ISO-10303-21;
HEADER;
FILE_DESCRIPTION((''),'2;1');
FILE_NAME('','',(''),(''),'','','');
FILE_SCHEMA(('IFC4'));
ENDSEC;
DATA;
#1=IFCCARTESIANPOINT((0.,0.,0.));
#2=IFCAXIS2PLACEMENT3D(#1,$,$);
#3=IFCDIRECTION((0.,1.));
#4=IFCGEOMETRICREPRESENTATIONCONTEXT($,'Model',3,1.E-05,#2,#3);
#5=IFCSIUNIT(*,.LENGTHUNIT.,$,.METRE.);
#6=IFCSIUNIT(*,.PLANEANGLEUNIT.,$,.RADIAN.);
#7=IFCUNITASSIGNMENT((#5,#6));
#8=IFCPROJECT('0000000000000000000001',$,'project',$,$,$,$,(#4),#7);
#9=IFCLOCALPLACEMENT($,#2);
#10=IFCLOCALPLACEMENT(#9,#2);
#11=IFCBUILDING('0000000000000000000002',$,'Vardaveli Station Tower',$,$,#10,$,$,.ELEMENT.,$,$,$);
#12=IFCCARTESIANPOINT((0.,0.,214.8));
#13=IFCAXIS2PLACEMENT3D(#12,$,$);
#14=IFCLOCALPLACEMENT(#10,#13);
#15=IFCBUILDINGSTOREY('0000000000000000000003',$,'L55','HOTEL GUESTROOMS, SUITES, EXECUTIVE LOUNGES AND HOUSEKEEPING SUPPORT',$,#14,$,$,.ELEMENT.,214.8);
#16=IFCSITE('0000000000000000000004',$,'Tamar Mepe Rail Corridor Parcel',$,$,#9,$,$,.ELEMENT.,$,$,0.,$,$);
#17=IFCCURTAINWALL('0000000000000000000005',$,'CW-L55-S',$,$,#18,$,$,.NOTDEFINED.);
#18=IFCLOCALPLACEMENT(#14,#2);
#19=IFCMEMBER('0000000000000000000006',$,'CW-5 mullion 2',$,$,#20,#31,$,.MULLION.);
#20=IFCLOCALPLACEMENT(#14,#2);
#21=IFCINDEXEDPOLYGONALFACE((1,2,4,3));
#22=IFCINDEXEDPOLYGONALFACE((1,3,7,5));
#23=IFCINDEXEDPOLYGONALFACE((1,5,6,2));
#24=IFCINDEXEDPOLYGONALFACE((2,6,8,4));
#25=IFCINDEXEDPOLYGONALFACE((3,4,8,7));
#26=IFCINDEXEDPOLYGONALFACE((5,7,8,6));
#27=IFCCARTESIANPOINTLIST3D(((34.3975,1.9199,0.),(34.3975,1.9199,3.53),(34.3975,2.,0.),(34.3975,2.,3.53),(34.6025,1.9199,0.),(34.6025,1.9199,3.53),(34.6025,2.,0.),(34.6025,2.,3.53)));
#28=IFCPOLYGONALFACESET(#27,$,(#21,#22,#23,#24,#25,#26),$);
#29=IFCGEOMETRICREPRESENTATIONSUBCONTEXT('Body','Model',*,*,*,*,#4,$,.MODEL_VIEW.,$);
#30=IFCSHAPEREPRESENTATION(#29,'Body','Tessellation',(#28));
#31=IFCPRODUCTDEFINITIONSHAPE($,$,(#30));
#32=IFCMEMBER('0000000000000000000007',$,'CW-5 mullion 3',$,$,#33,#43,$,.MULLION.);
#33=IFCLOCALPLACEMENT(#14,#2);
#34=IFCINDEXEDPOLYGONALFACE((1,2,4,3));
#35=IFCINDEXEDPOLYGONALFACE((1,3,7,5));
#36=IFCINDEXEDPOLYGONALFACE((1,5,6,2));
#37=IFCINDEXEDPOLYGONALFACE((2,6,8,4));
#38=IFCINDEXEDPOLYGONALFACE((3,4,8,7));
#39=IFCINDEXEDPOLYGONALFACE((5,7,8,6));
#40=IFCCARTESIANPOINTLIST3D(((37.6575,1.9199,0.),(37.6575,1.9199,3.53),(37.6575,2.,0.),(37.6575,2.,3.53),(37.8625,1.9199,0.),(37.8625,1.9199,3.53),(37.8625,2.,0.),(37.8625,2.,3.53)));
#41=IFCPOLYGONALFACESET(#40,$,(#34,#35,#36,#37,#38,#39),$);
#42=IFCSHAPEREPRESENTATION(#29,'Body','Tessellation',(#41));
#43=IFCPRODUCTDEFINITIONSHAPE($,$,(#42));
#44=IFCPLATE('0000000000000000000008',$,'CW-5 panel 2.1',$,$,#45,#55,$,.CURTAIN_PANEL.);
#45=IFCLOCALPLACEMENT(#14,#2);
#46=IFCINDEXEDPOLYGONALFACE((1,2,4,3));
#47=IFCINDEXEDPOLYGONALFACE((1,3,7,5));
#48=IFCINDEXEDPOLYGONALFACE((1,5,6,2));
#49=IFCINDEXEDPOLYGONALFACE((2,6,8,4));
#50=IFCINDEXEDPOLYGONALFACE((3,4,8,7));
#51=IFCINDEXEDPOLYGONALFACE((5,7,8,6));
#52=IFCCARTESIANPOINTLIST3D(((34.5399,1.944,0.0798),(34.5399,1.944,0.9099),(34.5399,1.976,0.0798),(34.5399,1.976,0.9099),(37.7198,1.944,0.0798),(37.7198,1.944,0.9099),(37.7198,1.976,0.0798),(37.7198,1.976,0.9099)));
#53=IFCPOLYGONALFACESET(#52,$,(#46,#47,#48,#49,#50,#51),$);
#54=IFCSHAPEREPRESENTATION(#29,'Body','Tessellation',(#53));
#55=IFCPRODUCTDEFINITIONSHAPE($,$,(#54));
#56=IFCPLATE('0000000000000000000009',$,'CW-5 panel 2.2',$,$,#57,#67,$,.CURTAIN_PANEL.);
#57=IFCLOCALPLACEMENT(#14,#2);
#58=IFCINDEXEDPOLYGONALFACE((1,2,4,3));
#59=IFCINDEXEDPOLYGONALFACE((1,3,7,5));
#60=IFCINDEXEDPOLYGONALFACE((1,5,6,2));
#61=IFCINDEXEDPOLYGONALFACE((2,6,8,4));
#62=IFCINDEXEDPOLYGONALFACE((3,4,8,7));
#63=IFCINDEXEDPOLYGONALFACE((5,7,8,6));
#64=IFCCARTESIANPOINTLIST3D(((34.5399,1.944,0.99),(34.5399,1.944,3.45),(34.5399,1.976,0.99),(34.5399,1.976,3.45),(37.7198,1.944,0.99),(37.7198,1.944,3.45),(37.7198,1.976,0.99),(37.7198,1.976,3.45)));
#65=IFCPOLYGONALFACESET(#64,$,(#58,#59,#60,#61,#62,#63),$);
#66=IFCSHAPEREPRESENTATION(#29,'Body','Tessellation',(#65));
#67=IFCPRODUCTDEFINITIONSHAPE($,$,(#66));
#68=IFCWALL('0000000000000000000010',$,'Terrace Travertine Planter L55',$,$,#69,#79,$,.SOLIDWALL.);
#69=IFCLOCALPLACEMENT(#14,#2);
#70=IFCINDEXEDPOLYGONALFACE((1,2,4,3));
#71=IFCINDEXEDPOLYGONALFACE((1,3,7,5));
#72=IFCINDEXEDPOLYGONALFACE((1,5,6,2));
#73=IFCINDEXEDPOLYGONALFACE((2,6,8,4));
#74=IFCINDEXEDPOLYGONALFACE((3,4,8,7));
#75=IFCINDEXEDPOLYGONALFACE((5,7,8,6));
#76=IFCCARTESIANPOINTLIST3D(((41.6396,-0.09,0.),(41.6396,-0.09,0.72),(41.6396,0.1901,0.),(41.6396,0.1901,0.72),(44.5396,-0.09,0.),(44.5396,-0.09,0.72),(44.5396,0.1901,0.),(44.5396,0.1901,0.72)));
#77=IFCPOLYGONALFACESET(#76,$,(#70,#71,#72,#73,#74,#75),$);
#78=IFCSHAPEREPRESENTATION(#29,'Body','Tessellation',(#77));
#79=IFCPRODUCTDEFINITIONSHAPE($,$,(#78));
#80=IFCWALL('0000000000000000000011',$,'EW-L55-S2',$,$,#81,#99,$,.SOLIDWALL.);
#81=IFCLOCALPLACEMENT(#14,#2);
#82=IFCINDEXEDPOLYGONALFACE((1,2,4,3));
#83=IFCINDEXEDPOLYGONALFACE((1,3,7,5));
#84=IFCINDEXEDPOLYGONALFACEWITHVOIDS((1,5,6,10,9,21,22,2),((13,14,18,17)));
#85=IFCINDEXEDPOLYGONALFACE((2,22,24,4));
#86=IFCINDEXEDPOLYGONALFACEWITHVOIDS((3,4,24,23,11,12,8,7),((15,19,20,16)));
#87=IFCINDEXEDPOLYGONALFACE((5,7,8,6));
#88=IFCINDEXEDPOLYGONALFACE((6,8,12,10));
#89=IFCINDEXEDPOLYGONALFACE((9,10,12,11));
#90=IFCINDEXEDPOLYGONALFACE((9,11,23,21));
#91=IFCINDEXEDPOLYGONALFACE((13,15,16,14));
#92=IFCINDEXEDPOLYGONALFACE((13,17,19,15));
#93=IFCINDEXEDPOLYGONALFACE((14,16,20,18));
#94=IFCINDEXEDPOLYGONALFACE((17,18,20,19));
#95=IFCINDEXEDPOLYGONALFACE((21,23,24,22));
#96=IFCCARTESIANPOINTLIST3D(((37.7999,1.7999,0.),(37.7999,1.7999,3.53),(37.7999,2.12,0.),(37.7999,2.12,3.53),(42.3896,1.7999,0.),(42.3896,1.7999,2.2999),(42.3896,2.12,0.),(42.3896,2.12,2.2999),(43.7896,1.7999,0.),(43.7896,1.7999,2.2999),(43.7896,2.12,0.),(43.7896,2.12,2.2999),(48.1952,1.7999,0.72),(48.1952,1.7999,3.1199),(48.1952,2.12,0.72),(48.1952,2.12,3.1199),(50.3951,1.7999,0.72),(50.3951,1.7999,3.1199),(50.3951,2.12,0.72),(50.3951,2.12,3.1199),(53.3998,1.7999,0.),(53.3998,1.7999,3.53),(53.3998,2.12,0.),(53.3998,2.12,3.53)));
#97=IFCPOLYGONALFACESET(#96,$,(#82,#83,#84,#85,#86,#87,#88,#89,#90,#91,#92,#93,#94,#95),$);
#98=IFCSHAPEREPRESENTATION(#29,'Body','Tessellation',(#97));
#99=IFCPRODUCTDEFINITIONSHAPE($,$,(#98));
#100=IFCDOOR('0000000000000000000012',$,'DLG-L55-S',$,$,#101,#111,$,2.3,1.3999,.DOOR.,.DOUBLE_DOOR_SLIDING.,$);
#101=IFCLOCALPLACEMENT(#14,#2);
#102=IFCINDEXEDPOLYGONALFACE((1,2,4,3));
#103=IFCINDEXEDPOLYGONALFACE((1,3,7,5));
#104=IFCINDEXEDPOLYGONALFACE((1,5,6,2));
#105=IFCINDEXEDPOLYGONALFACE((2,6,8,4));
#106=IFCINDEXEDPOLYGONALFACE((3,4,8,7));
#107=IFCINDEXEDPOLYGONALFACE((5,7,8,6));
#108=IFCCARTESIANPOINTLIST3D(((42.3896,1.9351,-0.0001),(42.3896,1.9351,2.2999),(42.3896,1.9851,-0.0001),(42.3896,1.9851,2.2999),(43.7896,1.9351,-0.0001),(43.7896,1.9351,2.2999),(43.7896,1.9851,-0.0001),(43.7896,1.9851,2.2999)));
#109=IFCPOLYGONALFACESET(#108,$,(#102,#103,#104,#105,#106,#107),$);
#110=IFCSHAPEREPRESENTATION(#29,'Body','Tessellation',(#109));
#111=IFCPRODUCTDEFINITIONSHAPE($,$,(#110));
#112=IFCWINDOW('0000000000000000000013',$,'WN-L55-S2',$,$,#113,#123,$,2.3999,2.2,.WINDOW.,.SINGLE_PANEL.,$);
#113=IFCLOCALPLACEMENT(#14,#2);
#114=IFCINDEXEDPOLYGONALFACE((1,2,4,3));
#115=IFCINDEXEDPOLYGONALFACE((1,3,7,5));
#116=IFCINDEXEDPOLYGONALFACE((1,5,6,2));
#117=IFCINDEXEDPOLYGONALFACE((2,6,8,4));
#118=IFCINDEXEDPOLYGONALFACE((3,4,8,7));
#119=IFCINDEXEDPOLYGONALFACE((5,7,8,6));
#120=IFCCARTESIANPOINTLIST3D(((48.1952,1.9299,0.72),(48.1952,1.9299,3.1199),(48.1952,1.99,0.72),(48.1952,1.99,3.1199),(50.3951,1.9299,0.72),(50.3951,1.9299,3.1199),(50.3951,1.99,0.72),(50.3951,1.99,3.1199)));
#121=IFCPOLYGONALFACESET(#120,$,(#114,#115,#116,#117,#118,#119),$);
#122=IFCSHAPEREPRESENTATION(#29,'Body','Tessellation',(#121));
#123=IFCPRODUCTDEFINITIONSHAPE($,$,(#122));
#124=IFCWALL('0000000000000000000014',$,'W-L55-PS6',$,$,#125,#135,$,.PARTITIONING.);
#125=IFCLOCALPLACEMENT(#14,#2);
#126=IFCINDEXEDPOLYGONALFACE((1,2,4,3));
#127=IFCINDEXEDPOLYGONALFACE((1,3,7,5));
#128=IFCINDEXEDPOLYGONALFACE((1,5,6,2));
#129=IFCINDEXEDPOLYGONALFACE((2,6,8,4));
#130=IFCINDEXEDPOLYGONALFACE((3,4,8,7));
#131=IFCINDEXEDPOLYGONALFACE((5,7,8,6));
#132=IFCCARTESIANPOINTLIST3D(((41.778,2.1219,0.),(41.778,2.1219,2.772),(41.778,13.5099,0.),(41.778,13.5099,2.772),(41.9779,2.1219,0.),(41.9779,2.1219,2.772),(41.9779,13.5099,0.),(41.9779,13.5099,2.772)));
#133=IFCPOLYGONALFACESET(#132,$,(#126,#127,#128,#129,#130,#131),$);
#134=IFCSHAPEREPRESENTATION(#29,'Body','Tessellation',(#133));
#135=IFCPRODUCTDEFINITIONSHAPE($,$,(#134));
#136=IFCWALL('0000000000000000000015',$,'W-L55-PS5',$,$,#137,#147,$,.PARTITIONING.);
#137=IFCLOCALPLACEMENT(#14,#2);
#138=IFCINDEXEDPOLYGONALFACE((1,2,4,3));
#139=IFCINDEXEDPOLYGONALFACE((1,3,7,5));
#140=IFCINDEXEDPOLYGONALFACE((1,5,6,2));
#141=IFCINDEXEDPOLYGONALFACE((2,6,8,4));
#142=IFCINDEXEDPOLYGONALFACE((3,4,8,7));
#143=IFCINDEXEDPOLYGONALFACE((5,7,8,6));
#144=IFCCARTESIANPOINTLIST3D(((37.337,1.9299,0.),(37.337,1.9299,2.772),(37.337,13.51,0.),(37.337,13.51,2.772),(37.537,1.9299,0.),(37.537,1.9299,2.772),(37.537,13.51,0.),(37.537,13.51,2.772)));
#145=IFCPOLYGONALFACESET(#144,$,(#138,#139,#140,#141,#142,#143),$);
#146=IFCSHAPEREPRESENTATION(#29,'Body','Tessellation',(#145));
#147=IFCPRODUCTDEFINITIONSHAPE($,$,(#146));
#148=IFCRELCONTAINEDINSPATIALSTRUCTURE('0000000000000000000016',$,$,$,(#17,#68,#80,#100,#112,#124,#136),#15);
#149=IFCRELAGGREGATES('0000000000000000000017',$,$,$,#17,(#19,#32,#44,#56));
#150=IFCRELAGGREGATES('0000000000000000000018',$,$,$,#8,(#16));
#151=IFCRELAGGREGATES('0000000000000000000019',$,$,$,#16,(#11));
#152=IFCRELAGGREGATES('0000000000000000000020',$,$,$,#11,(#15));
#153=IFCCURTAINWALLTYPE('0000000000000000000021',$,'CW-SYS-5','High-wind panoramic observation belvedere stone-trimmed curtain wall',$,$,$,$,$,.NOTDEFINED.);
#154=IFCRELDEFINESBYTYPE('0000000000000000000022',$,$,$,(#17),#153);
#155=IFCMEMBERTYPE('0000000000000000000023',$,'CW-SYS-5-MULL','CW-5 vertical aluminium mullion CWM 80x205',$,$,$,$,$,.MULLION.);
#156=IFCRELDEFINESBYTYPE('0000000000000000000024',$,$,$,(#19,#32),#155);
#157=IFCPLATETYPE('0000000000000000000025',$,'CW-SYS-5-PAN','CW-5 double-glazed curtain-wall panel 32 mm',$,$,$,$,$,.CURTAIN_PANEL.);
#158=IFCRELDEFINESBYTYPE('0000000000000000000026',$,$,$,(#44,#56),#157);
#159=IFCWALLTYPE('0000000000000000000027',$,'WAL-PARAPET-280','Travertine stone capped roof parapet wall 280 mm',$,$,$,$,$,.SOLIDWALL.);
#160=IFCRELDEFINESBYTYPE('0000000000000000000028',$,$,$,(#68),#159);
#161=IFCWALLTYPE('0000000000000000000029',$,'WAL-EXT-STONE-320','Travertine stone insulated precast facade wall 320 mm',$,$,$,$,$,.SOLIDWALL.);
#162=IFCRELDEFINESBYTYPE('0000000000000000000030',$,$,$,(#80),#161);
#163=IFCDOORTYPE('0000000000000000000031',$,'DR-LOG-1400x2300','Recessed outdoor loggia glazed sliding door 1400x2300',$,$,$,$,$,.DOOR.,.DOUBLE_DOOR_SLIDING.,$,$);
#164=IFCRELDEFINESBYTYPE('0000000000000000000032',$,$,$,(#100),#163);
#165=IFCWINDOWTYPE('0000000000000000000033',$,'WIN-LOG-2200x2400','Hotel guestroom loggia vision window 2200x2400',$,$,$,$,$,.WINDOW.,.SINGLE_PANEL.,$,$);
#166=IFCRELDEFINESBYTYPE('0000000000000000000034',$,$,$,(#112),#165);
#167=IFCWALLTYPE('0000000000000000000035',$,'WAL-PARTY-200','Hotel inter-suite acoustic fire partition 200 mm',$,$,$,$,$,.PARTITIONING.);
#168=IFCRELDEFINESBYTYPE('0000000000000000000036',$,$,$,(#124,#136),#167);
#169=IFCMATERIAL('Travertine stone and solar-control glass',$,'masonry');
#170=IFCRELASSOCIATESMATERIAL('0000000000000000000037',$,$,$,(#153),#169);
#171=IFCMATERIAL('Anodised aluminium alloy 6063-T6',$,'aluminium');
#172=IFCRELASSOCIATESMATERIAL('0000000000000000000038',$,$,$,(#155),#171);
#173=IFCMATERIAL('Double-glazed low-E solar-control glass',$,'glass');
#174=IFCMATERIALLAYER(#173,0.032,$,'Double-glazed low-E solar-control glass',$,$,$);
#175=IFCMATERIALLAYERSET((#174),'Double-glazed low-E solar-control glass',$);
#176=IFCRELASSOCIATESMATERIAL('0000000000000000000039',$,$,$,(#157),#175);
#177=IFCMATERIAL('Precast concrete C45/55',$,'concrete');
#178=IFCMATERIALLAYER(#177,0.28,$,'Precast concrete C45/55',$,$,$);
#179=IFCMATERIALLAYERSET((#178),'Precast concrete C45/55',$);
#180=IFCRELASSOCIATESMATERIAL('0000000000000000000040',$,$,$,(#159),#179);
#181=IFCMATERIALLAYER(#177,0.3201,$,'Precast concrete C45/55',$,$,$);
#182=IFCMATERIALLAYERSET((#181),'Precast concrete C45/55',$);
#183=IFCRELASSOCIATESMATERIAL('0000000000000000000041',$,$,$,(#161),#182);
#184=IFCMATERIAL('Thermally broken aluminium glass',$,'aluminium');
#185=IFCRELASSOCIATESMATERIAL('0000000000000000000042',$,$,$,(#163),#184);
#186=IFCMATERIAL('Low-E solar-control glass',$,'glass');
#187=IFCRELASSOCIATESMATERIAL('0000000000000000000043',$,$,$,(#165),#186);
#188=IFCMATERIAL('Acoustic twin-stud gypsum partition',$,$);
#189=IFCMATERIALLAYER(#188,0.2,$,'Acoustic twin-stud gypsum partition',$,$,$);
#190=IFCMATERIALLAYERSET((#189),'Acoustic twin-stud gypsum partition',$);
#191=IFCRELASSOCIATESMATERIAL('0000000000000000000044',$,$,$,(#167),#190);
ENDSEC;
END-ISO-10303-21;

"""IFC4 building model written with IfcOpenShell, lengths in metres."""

from ifc_helpers import new_model, si_unit, direction, frame, frame_2d, origin, origin_2d, place, context, subcontext, project, spatial, rectangle, extrude, source, transform, mapped, material, layer, layer_set, material_profile, profile_set, type_object, element, fill, aggregate, save


model = new_model("IFC4")

# Units and contexts
model_context = context("Model", 3, precision=1e-05, world=origin(), true_north=direction((0.0, 1.0)))
body_context = subcontext(model_context, "Body", "Model", "MODEL_VIEW")
ifc_project = project(units=[si_unit("LENGTHUNIT", "METRE"), si_unit("PLANEANGLEUNIT", "RADIAN")], contexts=[model_context])

# Site, building, storey
site_placement = place(None, origin())
site = spatial("IfcSite", under=ifc_project, at=site_placement, Name="Tamar Mepe Rail Corridor Parcel", CompositionType="ELEMENT", RefElevation=0.0)
building_placement = place(site_placement, origin())
building = spatial("IfcBuilding", under=site, at=building_placement, Name="Vardaveli Station Tower", CompositionType="ELEMENT")
storey_placement = place(building_placement, frame((0.0, 0.0, 214.8)))
storey = spatial("IfcBuildingStorey", under=building, at=storey_placement, Name="L55", Description="HOTEL GUESTROOMS, SUITES, EXECUTIVE LOUNGES AND HOUSEKEEPING SUPPORT", CompositionType="ELEMENT", Elevation=214.8)

# Shared definitions
ifc_material_1 = material(Name="Precast concrete C45/55", Category="concrete")

# Curtain wall, members, plates
ifc_material_2 = material(Name="Travertine stone and solar-control glass", Category="masonry")
curtain_wall_type = type_object("IfcCurtainWallType", Name="CW-SYS-5", Description="High-wind panoramic observation belvedere stone-trimmed curtain wall", PredefinedType="NOTDEFINED", material=ifc_material_2)
curtain_wall_placement = place(storey_placement, origin())
curtain_wall = element("IfcCurtainWall", 1, at=curtain_wall_placement, inside=storey, type_object=curtain_wall_type, Name="CW-L55-S", PredefinedType="NOTDEFINED")
ifc_material_3 = material(Name="Anodised aluminium alloy 6063-T6", Category="aluminium")
ifc_material_profile_1 = material_profile(ifc_material_3, rectangle(XDim=0.0801, YDim=0.2051, at=origin_2d()), Name="CWM 80x205")
ifc_profile_set_1 = profile_set([ifc_material_profile_1], Name="Anodised aluminium alloy 6063-T6")
member_type_1 = type_object("IfcMemberType", Name="CW-SYS-5-MULL", Description="CW-5 vertical aluminium mullion CWM 80x205", PredefinedType="MULLION", material=ifc_profile_set_1)
shared_shape_1 = source(origin(), body_context, "Body", "SweptSolid", [
    extrude(rectangle(XDim=0.0801, YDim=0.2051, at=origin_2d()), origin(), (0.0, 0.0, 1.0), 3.53),
])
member_1_placement = place(storey_placement, frame((34.5, 1.96, 0.0), z_axis=(0.0, 0.0, 1.0), x_axis=(0.0, 1.0, 0.0)))
member_1 = element("IfcMember", 2, at=member_1_placement, type_object=member_type_1, Name="CW-5 mullion 2", PredefinedType="MULLION", context=body_context, shape_type="MappedRepresentation", body=[
    mapped(shared_shape_1, transform((0.0, 0.0, 0.0), scale=1.0)),
])
member_2_placement = place(storey_placement, frame((37.76, 1.96, 0.0), z_axis=(0.0, 0.0, 1.0), x_axis=(0.0, 1.0, 0.0)))
member_2 = element("IfcMember", 3, at=member_2_placement, type_object=member_type_1, Name="CW-5 mullion 3", PredefinedType="MULLION", context=body_context, shape_type="MappedRepresentation", body=[
    mapped(shared_shape_1, transform((0.0, 0.0, 0.0), scale=1.0)),
])
ifc_material_4 = material(Name="Double-glazed low-E solar-control glass", Category="glass")
ifc_layer_1 = layer(ifc_material_4, 0.032, Name="Double-glazed low-E solar-control glass")
ifc_layer_set_1 = layer_set([ifc_layer_1], Name="Double-glazed low-E solar-control glass")
plate_type = type_object("IfcPlateType", Name="CW-SYS-5-PAN", Description="CW-5 double-glazed curtain-wall panel 32 mm", PredefinedType="CURTAIN_PANEL", material=ifc_layer_set_1)
shared_shape_2 = source(origin(), body_context, "Body", "SweptSolid", [
    extrude(rectangle(XDim=3.1799, YDim=0.032, at=origin_2d()), origin(), (0.0, 0.0, 1.0), 0.8301),
])
plate_1_placement = place(storey_placement, frame((36.1299, 1.96, 0.0798), z_axis=(0.0, 0.0, 1.0), x_axis=(1.0, 0.0, 0.0)))
plate_1 = element("IfcPlate", 4, at=plate_1_placement, type_object=plate_type, Name="CW-5 panel 2.1", PredefinedType="CURTAIN_PANEL", context=body_context, shape_type="MappedRepresentation", body=[
    mapped(shared_shape_2, transform((0.0, 0.0, 0.0), scale=1.0)),
])
shared_shape_3 = source(origin(), body_context, "Body", "SweptSolid", [
    extrude(rectangle(XDim=3.1799, YDim=0.032, at=origin_2d()), origin(), (0.0, 0.0, 1.0), 2.46),
])
plate_2_placement = place(storey_placement, frame((36.1299, 1.96, 0.99), z_axis=(0.0, 0.0, 1.0), x_axis=(1.0, 0.0, 0.0)))
plate_2 = element("IfcPlate", 5, at=plate_2_placement, type_object=plate_type, Name="CW-5 panel 2.2", PredefinedType="CURTAIN_PANEL", context=body_context, shape_type="MappedRepresentation", body=[
    mapped(shared_shape_3, transform((0.0, 0.0, 0.0), scale=1.0)),
])
aggregate(curtain_wall, [member_1, member_2, plate_1, plate_2])

# Wall
ifc_layer_2 = layer(ifc_material_1, 0.28, Name="Precast concrete C45/55")
ifc_layer_set_2 = layer_set([ifc_layer_2], Name="Precast concrete C45/55")
wall_type_1 = type_object("IfcWallType", Name="WAL-PARAPET-280", Description="Travertine stone capped roof parapet wall 280 mm", PredefinedType="SOLIDWALL", material=ifc_layer_set_2)
shared_shape_4 = source(origin(), body_context, "Body", "SweptSolid", [
    extrude(rectangle(XDim=2.8999, YDim=0.28, at=frame_2d((1.45, 0.0))), origin(), (0.0, 0.0, 1.0), 0.72),
])
wall_1_placement = place(storey_placement, frame((41.6396, 0.05, 0.0), z_axis=(0.0, 0.0, 1.0), x_axis=(1.0, 0.0, 0.0)))
element("IfcWall", 6, at=wall_1_placement, inside=storey, type_object=wall_type_1, Name="Terrace Travertine Planter L55", PredefinedType="SOLIDWALL", context=body_context, shape_type="MappedRepresentation", body=[
    mapped(shared_shape_4, transform((0.0, 0.0, 0.0), scale=1.0)),
])

# Wall, openings, door, window
ifc_layer_3 = layer(ifc_material_1, 0.3201, Name="Precast concrete C45/55")
ifc_layer_set_3 = layer_set([ifc_layer_3], Name="Precast concrete C45/55")
wall_type_2 = type_object("IfcWallType", Name="WAL-EXT-STONE-320", Description="Travertine stone insulated precast facade wall 320 mm", PredefinedType="SOLIDWALL", material=ifc_layer_set_3)
shared_shape_5 = source(origin(), body_context, "Body", "SweptSolid", [
    extrude(rectangle(XDim=15.5999, YDim=0.3201, at=frame_2d((7.7998, 0.0))), origin(), (0.0, 0.0, 1.0), 3.53),
])
wall_2_placement = place(storey_placement, frame((37.8, 1.96, 0.0), z_axis=(0.0, 0.0, 1.0), x_axis=(1.0, 0.0, 0.0)))
wall_2 = element("IfcWall", 7, at=wall_2_placement, inside=storey, type_object=wall_type_2, Name="EW-L55-S2", PredefinedType="SOLIDWALL", context=body_context, shape_type="MappedRepresentation", body=[
    mapped(shared_shape_5, transform((0.0, 0.0, 0.0), scale=1.0)),
])
shared_shape_6 = source(origin(), body_context, "Body", "SweptSolid", [
    extrude(rectangle(XDim=1.3999, YDim=2.3, at=frame_2d((0.7, 1.1499))), frame((0.0, 0.1699, 0.0), z_axis=(0.0, -1.0, 0.0), x_axis=(1.0, 0.0, 0.0)), (0.0, 0.0, 1.0), 0.3401),
])
opening_1_placement = place(wall_2_placement, frame((4.5896, 0.0, 0.0)))
opening_1 = element("IfcOpeningElement", 8, at=opening_1_placement, cuts=wall_2, PredefinedType="OPENING", context=body_context, shape_type="MappedRepresentation", body=[
    mapped(shared_shape_6, transform((0.0, 0.0, 0.0), scale=1.0)),
])
shared_shape_7 = source(origin(), body_context, "Body", "SweptSolid", [
    extrude(rectangle(XDim=2.2, YDim=2.3999, at=frame_2d((1.1001, 1.2))), frame((0.0, 0.1699, 0.0), z_axis=(0.0, -1.0, 0.0), x_axis=(1.0, 0.0, 0.0)), (0.0, 0.0, 1.0), 0.3401),
])
opening_2_placement = place(wall_2_placement, frame((10.395, 0.0, 0.72)))
opening_2 = element("IfcOpeningElement", 9, at=opening_2_placement, cuts=wall_2, PredefinedType="OPENING", context=body_context, shape_type="MappedRepresentation", body=[
    mapped(shared_shape_7, transform((0.0, 0.0, 0.0), scale=1.0)),
])
ifc_material_5 = material(Name="Thermally broken aluminium glass", Category="aluminium")
door_type = type_object("IfcDoorType", Name="DR-LOG-1400x2300", Description="Recessed outdoor loggia glazed sliding door 1400x2300", OperationType="DOUBLE_DOOR_SLIDING", PredefinedType="DOOR", material=ifc_material_5)
shared_shape_8 = source(origin(), body_context, "Body", "SweptSolid", [
    extrude(rectangle(XDim=1.3999, YDim=2.3, at=frame_2d((0.7, 1.1499))), frame((0.0, 0.0249, 0.0), z_axis=(0.0, -1.0, 0.0), x_axis=(1.0, 0.0, 0.0)), (0.0, 0.0, 1.0), 0.05),
])
door_placement = place(opening_1_placement, frame((1.3999, 0.0, 0.0), z_axis=(0.0, 0.0, 1.0), x_axis=(-1.0, 0.0, 0.0)))
door = element("IfcDoor", 10, at=door_placement, inside=storey, type_object=door_type, Name="DLG-L55-S", OperationType="DOUBLE_DOOR_SLIDING", OverallHeight=2.3, OverallWidth=1.3999, PredefinedType="DOOR", context=body_context, shape_type="MappedRepresentation", body=[
    mapped(shared_shape_8, transform((0.0, 0.0, 0.0), scale=1.0)),
])
fill(opening_1, door)
ifc_material_6 = material(Name="Low-E solar-control glass", Category="glass")
window_type = type_object("IfcWindowType", Name="WIN-LOG-2200x2400", Description="Hotel guestroom loggia vision window 2200x2400", PartitioningType="SINGLE_PANEL", PredefinedType="WINDOW", material=ifc_material_6)
shared_shape_9 = source(origin(), body_context, "Body", "SweptSolid", [
    extrude(rectangle(XDim=2.2, YDim=2.3999, at=frame_2d((1.1001, 1.2))), frame((0.0, 0.03, 0.0), z_axis=(0.0, -1.0, 0.0), x_axis=(1.0, 0.0, 0.0)), (0.0, 0.0, 1.0), 0.0601),
])
window_placement = place(opening_2_placement, origin())
window = element("IfcWindow", 11, at=window_placement, inside=storey, type_object=window_type, Name="WN-L55-S2", OverallHeight=2.3999, OverallWidth=2.2, PartitioningType="SINGLE_PANEL", PredefinedType="WINDOW", context=body_context, shape_type="MappedRepresentation", body=[
    mapped(shared_shape_9, transform((0.0, 0.0, 0.0), scale=1.0)),
])
fill(opening_2, window)

# Walls
ifc_material_7 = material(Name="Acoustic twin-stud gypsum partition")
ifc_layer_4 = layer(ifc_material_7, 0.2, Name="Acoustic twin-stud gypsum partition")
ifc_layer_set_4 = layer_set([ifc_layer_4], Name="Acoustic twin-stud gypsum partition")
wall_type_3 = type_object("IfcWallType", Name="WAL-PARTY-200", Description="Hotel inter-suite acoustic fire partition 200 mm", PredefinedType="PARTITIONING", material=ifc_layer_set_4)
shared_shape_10 = source(origin(), body_context, "Body", "SweptSolid", [
    extrude(rectangle(XDim=11.3879, YDim=0.2, at=frame_2d((5.6938, 0.0))), origin(), (0.0, 0.0, 1.0), 2.772),
])
wall_3_placement = place(storey_placement, frame((41.8779, 2.1221, 0.0), z_axis=(0.0, 0.0, 1.0), x_axis=(0.0, 1.0, 0.0)))
element("IfcWall", 12, at=wall_3_placement, inside=storey, type_object=wall_type_3, Name="W-L55-PS6", PredefinedType="PARTITIONING", context=body_context, shape_type="MappedRepresentation", body=[
    mapped(shared_shape_10, transform((0.0, 0.0, 0.0), scale=1.0)),
])
shared_shape_11 = source(origin(), body_context, "Body", "SweptSolid", [
    extrude(rectangle(XDim=11.5801, YDim=0.2, at=frame_2d((5.79, 0.0))), origin(), (0.0, 0.0, 1.0), 2.772),
])
wall_4_placement = place(storey_placement, frame((37.437, 1.9299, 0.0), z_axis=(0.0, 0.0, 1.0), x_axis=(0.0, 1.0, 0.0)))
element("IfcWall", 13, at=wall_4_placement, inside=storey, type_object=wall_type_3, Name="W-L55-PS5", PredefinedType="PARTITIONING", context=body_context, shape_type="MappedRepresentation", body=[
    mapped(shared_shape_11, transform((0.0, 0.0, 0.0), scale=1.0)),
])

save(model, "model.ifc")
